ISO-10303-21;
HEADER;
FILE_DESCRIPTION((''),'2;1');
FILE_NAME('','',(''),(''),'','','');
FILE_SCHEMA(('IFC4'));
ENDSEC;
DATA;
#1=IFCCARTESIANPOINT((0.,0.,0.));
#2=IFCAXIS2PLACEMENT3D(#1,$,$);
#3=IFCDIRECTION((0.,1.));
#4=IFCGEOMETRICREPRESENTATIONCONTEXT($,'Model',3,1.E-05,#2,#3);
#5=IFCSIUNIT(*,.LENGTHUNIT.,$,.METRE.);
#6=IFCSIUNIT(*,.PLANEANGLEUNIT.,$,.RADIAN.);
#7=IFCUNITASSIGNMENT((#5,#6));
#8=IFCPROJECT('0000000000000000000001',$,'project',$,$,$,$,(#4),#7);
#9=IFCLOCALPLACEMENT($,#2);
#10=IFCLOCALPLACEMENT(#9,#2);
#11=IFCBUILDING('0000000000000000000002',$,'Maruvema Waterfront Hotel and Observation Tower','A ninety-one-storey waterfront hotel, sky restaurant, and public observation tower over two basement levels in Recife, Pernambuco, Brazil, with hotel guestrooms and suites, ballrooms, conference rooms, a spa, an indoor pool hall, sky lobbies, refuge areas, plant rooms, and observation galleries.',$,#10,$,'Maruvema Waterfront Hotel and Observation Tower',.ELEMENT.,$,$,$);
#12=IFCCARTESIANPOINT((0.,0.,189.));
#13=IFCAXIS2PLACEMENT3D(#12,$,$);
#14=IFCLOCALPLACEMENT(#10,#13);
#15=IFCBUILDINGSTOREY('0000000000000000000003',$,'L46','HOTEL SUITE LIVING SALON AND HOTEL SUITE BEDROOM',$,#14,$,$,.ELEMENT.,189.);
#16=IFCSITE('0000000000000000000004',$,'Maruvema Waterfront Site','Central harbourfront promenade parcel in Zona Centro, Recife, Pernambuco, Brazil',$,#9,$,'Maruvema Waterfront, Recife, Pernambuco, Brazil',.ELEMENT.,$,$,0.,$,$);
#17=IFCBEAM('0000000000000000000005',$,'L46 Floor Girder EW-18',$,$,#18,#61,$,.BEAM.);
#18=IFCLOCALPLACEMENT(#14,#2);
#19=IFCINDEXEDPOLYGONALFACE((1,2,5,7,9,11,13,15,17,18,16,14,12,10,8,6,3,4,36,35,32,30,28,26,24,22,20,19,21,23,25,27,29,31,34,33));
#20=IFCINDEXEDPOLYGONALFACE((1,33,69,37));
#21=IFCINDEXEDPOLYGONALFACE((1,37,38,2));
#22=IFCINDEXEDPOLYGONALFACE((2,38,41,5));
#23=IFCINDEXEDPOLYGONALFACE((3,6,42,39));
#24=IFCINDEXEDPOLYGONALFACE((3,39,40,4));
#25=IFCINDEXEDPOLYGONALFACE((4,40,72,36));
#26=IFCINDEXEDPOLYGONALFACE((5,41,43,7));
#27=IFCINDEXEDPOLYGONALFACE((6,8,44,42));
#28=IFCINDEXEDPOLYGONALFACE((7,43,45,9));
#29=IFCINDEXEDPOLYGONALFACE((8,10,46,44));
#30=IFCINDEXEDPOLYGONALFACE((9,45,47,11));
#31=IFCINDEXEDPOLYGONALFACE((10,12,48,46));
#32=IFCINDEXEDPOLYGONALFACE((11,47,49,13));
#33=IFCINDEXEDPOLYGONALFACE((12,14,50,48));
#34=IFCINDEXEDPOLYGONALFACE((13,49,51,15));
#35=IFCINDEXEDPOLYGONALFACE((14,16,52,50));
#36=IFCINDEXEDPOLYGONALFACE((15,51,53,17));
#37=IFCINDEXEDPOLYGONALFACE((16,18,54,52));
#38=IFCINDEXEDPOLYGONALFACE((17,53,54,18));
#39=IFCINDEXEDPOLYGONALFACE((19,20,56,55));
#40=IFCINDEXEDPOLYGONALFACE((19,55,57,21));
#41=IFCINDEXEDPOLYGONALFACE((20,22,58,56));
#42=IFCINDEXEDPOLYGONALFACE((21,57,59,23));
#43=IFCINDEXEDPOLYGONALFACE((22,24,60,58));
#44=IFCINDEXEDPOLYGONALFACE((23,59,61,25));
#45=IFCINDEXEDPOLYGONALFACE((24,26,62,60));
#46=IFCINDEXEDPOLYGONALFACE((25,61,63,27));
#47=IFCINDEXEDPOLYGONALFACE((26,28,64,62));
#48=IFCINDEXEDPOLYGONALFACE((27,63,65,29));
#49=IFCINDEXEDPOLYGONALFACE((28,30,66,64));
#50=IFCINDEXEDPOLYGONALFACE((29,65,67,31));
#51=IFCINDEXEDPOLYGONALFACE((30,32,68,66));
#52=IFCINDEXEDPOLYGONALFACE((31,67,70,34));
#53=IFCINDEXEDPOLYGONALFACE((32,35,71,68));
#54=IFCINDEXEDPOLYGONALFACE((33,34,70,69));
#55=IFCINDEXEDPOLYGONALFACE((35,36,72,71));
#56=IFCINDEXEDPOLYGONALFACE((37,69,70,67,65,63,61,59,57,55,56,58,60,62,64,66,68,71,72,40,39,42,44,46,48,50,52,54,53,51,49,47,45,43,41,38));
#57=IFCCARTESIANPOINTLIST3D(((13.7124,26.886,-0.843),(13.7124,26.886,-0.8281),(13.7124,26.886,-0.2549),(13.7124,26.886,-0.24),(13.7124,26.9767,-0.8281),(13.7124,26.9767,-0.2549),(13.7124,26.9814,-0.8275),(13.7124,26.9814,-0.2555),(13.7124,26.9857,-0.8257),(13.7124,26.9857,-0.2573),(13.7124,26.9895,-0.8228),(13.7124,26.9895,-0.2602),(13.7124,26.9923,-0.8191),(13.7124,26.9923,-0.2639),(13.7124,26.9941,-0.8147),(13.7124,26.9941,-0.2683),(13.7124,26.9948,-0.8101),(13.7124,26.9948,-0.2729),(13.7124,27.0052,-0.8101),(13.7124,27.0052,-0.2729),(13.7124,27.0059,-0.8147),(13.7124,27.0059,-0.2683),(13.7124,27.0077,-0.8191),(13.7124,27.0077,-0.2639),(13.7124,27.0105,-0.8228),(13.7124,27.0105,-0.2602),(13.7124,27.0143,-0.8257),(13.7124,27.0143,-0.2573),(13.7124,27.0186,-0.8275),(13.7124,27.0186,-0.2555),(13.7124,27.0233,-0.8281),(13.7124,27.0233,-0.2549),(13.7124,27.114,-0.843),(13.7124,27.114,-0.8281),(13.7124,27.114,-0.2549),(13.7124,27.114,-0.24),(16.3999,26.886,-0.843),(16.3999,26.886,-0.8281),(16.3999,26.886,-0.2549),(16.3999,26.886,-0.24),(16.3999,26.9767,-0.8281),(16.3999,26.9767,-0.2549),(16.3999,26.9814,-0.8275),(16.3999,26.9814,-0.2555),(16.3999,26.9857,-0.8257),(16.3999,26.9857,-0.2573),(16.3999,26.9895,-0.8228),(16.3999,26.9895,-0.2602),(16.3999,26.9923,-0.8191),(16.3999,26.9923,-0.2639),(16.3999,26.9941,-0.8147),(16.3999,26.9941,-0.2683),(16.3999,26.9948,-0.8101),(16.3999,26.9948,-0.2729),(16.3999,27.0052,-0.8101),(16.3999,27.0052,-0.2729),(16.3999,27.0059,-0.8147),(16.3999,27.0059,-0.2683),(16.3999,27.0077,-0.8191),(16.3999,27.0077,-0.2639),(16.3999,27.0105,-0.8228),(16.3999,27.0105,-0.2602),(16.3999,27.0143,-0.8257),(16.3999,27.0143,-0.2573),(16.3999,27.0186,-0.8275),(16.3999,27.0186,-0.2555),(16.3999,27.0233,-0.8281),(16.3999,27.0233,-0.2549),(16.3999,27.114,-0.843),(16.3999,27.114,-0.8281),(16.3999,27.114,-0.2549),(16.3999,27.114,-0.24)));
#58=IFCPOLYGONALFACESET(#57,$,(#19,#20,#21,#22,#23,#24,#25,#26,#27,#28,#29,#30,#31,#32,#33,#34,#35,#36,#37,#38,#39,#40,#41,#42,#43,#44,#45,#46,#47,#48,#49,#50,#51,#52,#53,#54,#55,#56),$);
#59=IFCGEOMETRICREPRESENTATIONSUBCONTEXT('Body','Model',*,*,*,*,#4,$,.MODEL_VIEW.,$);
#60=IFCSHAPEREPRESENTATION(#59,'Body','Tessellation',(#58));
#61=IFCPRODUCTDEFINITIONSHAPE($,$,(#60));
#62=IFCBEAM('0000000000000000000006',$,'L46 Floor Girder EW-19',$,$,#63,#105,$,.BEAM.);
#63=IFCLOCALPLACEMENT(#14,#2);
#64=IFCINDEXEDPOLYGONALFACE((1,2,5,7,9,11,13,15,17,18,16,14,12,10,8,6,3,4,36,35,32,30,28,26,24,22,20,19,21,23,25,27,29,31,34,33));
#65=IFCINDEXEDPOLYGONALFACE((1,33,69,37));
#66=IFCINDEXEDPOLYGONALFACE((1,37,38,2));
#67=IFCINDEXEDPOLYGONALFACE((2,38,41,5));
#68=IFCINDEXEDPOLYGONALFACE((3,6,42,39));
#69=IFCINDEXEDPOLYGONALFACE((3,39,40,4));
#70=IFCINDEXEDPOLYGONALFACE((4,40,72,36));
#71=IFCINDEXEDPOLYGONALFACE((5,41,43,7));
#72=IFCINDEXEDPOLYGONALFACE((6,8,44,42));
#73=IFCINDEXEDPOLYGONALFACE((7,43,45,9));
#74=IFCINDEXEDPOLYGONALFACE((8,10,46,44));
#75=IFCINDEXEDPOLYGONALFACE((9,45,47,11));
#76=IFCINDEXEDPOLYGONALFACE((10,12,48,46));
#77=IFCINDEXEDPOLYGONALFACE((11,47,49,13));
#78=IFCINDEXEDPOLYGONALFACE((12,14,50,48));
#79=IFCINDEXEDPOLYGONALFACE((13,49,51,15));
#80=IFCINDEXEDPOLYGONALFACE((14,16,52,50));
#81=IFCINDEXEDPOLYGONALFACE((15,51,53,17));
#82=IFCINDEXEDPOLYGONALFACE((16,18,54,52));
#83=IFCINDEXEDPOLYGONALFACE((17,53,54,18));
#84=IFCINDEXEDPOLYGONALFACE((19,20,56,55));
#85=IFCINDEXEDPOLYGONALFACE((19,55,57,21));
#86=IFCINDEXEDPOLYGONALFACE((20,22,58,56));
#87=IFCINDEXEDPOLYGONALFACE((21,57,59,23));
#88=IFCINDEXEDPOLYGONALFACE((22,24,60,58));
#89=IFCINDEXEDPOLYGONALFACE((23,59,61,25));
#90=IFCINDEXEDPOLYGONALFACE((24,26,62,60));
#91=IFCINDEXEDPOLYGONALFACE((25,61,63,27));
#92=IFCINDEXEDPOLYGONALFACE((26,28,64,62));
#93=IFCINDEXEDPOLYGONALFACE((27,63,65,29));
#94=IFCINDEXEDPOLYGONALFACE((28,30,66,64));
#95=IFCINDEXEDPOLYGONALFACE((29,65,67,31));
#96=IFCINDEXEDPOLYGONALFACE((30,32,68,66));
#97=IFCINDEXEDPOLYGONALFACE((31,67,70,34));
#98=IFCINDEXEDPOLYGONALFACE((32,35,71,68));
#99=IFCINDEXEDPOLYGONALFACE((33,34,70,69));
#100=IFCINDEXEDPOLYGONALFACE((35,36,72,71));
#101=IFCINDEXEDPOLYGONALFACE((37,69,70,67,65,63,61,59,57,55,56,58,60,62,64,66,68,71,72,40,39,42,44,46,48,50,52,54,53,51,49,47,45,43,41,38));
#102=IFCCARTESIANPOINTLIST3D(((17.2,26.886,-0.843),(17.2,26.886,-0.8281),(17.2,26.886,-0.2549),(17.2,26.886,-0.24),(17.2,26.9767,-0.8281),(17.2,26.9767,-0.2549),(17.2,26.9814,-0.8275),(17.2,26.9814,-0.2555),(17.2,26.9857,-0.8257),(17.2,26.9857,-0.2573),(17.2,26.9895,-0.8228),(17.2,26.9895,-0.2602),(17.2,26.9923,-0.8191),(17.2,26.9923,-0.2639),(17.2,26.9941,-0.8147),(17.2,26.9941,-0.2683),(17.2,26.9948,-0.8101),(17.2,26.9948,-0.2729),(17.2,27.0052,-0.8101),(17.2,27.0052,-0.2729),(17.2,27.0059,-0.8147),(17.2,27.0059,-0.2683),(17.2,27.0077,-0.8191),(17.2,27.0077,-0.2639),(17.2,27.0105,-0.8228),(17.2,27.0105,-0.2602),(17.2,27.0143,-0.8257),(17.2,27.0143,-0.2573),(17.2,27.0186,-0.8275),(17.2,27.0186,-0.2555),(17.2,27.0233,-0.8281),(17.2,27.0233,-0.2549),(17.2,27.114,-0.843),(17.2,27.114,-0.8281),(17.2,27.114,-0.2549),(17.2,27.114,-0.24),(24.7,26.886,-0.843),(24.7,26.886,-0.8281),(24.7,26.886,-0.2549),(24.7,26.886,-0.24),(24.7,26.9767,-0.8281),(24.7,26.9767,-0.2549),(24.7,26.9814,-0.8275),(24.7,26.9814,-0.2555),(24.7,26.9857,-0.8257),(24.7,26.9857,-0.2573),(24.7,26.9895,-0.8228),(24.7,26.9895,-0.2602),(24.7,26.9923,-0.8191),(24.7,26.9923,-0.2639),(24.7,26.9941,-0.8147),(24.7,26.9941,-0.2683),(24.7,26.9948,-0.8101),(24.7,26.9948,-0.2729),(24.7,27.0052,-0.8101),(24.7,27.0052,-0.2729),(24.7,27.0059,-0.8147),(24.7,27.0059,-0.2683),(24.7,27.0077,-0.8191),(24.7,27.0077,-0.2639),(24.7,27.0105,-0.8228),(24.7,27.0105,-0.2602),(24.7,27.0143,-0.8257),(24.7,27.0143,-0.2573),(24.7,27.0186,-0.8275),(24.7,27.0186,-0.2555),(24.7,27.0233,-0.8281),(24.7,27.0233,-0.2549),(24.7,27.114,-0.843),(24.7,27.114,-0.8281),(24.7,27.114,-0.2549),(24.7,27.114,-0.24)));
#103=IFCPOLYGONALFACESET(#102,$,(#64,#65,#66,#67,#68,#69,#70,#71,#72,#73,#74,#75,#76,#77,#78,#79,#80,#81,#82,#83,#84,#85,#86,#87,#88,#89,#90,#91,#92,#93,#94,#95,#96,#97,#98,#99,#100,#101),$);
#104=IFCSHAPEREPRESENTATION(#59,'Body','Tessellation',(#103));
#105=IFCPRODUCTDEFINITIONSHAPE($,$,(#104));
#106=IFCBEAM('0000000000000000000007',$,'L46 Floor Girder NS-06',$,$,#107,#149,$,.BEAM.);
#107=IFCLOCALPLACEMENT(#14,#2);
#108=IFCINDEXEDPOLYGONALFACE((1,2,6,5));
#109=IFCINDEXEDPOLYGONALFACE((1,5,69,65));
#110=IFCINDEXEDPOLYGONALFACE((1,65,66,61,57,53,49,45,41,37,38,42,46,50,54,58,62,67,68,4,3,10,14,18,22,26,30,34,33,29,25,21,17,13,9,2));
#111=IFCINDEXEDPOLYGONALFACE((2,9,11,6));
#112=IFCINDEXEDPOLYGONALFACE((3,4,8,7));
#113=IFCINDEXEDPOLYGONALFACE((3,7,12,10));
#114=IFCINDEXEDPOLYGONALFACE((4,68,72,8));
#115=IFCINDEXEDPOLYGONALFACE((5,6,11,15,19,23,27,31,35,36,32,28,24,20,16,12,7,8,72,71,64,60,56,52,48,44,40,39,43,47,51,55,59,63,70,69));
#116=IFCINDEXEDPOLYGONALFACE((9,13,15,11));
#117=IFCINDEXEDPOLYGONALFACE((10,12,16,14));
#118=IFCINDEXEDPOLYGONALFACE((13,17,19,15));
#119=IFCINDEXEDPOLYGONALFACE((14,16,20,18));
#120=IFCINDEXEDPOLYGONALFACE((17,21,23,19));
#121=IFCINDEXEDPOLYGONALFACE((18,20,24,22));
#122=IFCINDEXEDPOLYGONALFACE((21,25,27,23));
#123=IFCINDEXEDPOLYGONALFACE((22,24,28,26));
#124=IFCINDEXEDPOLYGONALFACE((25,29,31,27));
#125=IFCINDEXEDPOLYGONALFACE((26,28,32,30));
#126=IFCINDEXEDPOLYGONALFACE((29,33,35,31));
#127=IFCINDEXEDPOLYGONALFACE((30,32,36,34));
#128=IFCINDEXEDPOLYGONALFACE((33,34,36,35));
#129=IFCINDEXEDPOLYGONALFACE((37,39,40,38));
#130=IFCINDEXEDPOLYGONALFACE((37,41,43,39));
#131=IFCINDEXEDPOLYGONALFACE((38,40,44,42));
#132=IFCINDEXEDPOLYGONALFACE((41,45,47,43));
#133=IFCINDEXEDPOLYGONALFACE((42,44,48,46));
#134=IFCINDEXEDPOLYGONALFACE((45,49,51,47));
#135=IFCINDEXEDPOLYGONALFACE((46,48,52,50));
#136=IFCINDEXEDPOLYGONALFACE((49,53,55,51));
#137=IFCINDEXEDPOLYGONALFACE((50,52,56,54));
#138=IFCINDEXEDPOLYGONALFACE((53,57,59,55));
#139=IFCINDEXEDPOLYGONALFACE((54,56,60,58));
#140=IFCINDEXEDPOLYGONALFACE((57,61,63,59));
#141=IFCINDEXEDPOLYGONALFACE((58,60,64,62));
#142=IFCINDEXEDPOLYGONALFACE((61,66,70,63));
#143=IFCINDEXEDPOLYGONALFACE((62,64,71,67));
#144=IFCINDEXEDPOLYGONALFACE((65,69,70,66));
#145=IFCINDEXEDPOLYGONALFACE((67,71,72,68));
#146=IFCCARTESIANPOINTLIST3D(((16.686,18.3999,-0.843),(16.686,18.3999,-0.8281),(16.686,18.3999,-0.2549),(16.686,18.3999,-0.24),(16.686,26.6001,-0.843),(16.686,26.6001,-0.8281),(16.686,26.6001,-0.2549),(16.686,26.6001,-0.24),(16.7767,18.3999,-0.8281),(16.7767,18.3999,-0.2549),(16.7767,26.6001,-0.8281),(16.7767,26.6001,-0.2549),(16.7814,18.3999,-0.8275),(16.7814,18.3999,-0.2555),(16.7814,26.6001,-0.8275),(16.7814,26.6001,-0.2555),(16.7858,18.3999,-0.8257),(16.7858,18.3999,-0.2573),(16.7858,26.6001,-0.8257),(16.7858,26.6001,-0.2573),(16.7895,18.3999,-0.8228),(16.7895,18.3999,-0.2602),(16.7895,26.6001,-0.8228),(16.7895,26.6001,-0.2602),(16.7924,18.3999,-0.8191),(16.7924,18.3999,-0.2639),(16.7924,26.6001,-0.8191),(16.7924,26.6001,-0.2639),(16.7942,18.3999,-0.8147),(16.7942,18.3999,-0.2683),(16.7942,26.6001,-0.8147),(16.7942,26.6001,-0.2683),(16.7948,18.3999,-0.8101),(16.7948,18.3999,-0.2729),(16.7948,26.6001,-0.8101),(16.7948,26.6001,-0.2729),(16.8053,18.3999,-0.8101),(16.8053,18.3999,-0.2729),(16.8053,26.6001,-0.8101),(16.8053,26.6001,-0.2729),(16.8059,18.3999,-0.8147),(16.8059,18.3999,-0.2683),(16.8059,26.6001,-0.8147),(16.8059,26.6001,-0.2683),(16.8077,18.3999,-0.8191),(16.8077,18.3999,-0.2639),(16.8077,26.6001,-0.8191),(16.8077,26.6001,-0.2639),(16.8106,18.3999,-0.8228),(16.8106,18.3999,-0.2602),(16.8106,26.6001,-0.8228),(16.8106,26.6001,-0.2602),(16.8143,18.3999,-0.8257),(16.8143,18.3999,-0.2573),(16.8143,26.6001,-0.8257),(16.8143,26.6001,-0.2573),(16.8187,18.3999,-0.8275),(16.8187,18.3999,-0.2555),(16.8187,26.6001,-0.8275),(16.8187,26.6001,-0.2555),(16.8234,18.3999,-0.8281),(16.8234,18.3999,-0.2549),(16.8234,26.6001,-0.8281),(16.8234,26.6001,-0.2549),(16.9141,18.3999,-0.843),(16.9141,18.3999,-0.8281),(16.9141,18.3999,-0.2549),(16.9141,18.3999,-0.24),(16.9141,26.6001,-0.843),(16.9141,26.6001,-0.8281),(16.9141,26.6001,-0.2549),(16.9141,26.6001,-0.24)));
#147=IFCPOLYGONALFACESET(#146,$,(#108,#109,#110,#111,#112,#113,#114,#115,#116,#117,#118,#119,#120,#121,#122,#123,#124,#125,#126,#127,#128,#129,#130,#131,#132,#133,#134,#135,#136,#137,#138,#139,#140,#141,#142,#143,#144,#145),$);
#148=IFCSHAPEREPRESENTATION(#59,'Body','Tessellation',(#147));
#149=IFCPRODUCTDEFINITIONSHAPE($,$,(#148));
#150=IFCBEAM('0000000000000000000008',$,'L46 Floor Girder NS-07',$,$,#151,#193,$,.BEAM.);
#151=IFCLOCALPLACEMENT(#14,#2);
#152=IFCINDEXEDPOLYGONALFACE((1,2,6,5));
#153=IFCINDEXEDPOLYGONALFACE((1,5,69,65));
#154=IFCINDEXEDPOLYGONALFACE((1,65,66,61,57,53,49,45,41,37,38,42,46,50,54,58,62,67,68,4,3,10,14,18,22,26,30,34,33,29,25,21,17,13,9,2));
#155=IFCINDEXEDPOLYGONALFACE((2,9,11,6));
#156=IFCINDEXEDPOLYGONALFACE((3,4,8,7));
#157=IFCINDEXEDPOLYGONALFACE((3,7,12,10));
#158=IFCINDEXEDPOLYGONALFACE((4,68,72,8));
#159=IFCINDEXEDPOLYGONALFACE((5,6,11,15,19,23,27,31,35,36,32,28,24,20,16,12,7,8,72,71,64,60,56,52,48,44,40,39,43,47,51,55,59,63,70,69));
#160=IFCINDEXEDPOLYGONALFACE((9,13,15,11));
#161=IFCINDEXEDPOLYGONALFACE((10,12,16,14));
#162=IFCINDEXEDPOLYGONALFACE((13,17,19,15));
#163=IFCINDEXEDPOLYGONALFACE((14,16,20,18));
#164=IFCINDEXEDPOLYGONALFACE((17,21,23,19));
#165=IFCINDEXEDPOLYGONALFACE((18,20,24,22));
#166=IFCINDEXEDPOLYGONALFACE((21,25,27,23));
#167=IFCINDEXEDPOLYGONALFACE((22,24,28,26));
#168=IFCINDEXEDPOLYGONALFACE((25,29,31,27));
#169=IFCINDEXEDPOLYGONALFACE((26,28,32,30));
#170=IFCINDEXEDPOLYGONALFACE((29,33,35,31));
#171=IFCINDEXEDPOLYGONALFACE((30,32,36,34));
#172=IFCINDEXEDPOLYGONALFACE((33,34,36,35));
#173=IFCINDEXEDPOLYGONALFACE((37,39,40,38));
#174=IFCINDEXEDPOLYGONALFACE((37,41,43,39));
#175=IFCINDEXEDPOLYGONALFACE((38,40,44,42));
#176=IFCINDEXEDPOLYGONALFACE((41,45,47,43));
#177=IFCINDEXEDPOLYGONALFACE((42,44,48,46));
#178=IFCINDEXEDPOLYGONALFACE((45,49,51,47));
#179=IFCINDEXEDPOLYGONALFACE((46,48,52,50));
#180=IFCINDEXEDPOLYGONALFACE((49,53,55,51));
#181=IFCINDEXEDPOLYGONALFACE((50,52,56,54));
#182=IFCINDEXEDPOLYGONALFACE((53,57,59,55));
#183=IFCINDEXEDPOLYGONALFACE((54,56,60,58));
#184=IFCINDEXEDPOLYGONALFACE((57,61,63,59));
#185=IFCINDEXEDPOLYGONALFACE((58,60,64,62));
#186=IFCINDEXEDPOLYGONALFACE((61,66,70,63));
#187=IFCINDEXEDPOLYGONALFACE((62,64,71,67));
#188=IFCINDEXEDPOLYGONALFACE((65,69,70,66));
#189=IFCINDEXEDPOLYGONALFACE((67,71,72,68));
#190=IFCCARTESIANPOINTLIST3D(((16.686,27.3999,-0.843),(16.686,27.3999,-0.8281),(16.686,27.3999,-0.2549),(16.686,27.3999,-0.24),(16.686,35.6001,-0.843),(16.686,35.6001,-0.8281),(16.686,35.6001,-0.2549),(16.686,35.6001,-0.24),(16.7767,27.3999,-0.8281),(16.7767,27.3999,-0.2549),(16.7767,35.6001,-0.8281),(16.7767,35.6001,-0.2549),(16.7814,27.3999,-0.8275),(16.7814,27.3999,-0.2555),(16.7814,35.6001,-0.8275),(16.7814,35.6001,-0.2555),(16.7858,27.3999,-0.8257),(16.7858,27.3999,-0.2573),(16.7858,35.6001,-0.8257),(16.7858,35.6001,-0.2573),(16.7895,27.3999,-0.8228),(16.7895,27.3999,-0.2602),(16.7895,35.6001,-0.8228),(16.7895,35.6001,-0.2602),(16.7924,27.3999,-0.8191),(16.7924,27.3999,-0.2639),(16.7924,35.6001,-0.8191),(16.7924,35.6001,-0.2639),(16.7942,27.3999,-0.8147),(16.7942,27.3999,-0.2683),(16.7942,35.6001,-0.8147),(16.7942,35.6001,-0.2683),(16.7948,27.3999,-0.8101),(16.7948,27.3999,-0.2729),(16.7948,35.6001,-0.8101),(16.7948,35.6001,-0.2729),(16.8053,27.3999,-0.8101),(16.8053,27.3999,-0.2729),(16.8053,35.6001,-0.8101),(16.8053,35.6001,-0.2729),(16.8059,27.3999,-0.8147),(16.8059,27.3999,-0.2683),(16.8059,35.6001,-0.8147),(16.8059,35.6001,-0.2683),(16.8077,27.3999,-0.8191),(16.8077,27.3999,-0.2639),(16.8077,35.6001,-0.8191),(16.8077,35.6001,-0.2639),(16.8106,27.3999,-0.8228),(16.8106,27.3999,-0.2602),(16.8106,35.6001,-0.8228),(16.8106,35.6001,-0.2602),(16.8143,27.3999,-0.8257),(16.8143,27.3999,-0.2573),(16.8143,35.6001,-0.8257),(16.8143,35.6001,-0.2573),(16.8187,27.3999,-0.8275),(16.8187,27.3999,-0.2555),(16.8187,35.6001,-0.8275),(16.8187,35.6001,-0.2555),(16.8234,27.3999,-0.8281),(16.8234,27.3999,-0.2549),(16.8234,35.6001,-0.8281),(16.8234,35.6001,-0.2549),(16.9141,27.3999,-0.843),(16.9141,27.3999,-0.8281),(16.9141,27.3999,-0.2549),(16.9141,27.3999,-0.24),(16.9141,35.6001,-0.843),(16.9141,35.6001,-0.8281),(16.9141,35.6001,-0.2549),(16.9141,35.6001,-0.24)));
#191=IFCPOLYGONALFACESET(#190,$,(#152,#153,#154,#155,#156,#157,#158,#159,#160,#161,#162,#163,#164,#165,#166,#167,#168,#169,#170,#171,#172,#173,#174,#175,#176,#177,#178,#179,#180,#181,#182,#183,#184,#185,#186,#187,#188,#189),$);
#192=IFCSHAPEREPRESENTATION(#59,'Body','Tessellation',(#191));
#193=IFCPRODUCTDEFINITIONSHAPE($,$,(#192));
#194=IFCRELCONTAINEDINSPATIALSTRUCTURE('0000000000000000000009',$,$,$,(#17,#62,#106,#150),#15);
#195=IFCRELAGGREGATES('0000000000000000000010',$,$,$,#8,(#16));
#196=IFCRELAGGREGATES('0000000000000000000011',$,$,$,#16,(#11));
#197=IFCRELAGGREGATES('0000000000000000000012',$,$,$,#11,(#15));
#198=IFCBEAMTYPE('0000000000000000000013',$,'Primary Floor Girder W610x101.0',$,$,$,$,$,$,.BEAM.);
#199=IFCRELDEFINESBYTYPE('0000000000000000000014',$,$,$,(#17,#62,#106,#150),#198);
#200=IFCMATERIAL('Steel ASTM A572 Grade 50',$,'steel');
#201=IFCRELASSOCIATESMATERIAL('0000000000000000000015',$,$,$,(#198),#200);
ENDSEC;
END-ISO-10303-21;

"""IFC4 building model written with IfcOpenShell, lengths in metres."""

from ifc_helpers import new_model, si_unit, direction, frame, origin, origin_2d, place, context, subcontext, project, spatial, i_section, extrude, material, material_profile, profile_set, type_object, element, save


model = new_model("IFC4")

# Units and contexts
model_context = context("Model", 3, precision=1e-05, world=origin(), true_north=direction((0.0, 1.0)))
body_context = subcontext(model_context, "Body", "Model", "MODEL_VIEW")
ifc_project = project(units=[si_unit("LENGTHUNIT", "METRE"), si_unit("PLANEANGLEUNIT", "RADIAN")], contexts=[model_context])

# Site, building, storey
site_placement = place(None, origin())
site = spatial("IfcSite", under=ifc_project, at=site_placement, Name="Maruvema Waterfront Site", Description="Central harbourfront promenade parcel in Zona Centro, Recife, Pernambuco, Brazil", LongName="Maruvema Waterfront, Recife, Pernambuco, Brazil", CompositionType="ELEMENT", RefElevation=0.0)
building_placement = place(site_placement, origin())
building = spatial("IfcBuilding", under=site, at=building_placement, Name="Maruvema Waterfront Hotel and Observation Tower", Description="A ninety-one-storey waterfront hotel, sky restaurant, and public observation tower over two basement levels in Recife, Pernambuco, Brazil, with hotel guestrooms and suites, ballrooms, conference rooms, a spa, an indoor pool hall, sky lobbies, refuge areas, plant rooms, and observation galleries.", LongName="Maruvema Waterfront Hotel and Observation Tower", CompositionType="ELEMENT")
storey_placement = place(building_placement, frame((0.0, 0.0, 189.0)))
storey = spatial("IfcBuildingStorey", under=building, at=storey_placement, Name="L46", Description="HOTEL SUITE LIVING SALON AND HOTEL SUITE BEDROOM", CompositionType="ELEMENT", Elevation=189.0)

# Beams
ifc_material_1 = material(Name="Steel ASTM A572 Grade 50", Category="steel")
ifc_material_profile_1 = material_profile(ifc_material_1, i_section(OverallWidth=0.228, OverallDepth=0.603, WebThickness=0.0105, FlangeThickness=0.0149, FilletRadius=0.0181, at=origin_2d()), Name="W610x101.0")
ifc_profile_set_1 = profile_set([ifc_material_profile_1], Name="Steel ASTM A572 Grade 50")
beam_type_1 = type_object("IfcBeamType", Name="Primary Floor Girder W610x101.0", PredefinedType="BEAM", material=ifc_profile_set_1)
beam_1_placement = place(storey_placement, frame((13.7124, 27.0, -0.5415), z_axis=(1.0, 0.0, 0.0), x_axis=(0.0, 1.0, 0.0)))
element("IfcBeam", 1, at=beam_1_placement, inside=storey, type_object=beam_type_1, Name="L46 Floor Girder EW-18", PredefinedType="BEAM", context=body_context, shape_type="SweptSolid", body=[
    extrude(i_section(OverallWidth=0.228, OverallDepth=0.603, WebThickness=0.0105, FlangeThickness=0.0149, FilletRadius=0.0181, at=origin_2d()), origin(), (0.0, 0.0, 1.0), 2.6875),
])
beam_2_placement = place(storey_placement, frame((17.2, 27.0, -0.5415), z_axis=(1.0, 0.0, 0.0), x_axis=(0.0, 1.0, 0.0)))
element("IfcBeam", 2, at=beam_2_placement, inside=storey, type_object=beam_type_1, Name="L46 Floor Girder EW-19", PredefinedType="BEAM", context=body_context, shape_type="SweptSolid", body=[
    extrude(i_section(OverallWidth=0.228, OverallDepth=0.603, WebThickness=0.0105, FlangeThickness=0.0149, FilletRadius=0.0181, at=origin_2d()), origin(), (0.0, 0.0, 1.0), 7.5),
])
for number, where, z_axis, x_axis, name in (
    (3, (16.8, 18.3999, -0.5415), (0.0, 1.0, 0.0), (-1.0, 0.0, 0.0), "L46 Floor Girder NS-06"),
    (4, (16.8, 27.3999, -0.5415), (0.0, 1.0, 0.0), (-1.0, 0.0, 0.0), "L46 Floor Girder NS-07"),
):
    element("IfcBeam", number, at=place(storey_placement, frame(where, z_axis=z_axis, x_axis=x_axis)), inside=storey, type_object=beam_type_1, Name=name, PredefinedType="BEAM", context=body_context, shape_type="SweptSolid", body=[
        extrude(i_section(OverallWidth=0.228, OverallDepth=0.603, WebThickness=0.0105, FlangeThickness=0.0149, FilletRadius=0.0181, at=origin_2d()), origin(), (0.0, 0.0, 1.0), 8.2002),
    ])

save(model, "model.ifc")
